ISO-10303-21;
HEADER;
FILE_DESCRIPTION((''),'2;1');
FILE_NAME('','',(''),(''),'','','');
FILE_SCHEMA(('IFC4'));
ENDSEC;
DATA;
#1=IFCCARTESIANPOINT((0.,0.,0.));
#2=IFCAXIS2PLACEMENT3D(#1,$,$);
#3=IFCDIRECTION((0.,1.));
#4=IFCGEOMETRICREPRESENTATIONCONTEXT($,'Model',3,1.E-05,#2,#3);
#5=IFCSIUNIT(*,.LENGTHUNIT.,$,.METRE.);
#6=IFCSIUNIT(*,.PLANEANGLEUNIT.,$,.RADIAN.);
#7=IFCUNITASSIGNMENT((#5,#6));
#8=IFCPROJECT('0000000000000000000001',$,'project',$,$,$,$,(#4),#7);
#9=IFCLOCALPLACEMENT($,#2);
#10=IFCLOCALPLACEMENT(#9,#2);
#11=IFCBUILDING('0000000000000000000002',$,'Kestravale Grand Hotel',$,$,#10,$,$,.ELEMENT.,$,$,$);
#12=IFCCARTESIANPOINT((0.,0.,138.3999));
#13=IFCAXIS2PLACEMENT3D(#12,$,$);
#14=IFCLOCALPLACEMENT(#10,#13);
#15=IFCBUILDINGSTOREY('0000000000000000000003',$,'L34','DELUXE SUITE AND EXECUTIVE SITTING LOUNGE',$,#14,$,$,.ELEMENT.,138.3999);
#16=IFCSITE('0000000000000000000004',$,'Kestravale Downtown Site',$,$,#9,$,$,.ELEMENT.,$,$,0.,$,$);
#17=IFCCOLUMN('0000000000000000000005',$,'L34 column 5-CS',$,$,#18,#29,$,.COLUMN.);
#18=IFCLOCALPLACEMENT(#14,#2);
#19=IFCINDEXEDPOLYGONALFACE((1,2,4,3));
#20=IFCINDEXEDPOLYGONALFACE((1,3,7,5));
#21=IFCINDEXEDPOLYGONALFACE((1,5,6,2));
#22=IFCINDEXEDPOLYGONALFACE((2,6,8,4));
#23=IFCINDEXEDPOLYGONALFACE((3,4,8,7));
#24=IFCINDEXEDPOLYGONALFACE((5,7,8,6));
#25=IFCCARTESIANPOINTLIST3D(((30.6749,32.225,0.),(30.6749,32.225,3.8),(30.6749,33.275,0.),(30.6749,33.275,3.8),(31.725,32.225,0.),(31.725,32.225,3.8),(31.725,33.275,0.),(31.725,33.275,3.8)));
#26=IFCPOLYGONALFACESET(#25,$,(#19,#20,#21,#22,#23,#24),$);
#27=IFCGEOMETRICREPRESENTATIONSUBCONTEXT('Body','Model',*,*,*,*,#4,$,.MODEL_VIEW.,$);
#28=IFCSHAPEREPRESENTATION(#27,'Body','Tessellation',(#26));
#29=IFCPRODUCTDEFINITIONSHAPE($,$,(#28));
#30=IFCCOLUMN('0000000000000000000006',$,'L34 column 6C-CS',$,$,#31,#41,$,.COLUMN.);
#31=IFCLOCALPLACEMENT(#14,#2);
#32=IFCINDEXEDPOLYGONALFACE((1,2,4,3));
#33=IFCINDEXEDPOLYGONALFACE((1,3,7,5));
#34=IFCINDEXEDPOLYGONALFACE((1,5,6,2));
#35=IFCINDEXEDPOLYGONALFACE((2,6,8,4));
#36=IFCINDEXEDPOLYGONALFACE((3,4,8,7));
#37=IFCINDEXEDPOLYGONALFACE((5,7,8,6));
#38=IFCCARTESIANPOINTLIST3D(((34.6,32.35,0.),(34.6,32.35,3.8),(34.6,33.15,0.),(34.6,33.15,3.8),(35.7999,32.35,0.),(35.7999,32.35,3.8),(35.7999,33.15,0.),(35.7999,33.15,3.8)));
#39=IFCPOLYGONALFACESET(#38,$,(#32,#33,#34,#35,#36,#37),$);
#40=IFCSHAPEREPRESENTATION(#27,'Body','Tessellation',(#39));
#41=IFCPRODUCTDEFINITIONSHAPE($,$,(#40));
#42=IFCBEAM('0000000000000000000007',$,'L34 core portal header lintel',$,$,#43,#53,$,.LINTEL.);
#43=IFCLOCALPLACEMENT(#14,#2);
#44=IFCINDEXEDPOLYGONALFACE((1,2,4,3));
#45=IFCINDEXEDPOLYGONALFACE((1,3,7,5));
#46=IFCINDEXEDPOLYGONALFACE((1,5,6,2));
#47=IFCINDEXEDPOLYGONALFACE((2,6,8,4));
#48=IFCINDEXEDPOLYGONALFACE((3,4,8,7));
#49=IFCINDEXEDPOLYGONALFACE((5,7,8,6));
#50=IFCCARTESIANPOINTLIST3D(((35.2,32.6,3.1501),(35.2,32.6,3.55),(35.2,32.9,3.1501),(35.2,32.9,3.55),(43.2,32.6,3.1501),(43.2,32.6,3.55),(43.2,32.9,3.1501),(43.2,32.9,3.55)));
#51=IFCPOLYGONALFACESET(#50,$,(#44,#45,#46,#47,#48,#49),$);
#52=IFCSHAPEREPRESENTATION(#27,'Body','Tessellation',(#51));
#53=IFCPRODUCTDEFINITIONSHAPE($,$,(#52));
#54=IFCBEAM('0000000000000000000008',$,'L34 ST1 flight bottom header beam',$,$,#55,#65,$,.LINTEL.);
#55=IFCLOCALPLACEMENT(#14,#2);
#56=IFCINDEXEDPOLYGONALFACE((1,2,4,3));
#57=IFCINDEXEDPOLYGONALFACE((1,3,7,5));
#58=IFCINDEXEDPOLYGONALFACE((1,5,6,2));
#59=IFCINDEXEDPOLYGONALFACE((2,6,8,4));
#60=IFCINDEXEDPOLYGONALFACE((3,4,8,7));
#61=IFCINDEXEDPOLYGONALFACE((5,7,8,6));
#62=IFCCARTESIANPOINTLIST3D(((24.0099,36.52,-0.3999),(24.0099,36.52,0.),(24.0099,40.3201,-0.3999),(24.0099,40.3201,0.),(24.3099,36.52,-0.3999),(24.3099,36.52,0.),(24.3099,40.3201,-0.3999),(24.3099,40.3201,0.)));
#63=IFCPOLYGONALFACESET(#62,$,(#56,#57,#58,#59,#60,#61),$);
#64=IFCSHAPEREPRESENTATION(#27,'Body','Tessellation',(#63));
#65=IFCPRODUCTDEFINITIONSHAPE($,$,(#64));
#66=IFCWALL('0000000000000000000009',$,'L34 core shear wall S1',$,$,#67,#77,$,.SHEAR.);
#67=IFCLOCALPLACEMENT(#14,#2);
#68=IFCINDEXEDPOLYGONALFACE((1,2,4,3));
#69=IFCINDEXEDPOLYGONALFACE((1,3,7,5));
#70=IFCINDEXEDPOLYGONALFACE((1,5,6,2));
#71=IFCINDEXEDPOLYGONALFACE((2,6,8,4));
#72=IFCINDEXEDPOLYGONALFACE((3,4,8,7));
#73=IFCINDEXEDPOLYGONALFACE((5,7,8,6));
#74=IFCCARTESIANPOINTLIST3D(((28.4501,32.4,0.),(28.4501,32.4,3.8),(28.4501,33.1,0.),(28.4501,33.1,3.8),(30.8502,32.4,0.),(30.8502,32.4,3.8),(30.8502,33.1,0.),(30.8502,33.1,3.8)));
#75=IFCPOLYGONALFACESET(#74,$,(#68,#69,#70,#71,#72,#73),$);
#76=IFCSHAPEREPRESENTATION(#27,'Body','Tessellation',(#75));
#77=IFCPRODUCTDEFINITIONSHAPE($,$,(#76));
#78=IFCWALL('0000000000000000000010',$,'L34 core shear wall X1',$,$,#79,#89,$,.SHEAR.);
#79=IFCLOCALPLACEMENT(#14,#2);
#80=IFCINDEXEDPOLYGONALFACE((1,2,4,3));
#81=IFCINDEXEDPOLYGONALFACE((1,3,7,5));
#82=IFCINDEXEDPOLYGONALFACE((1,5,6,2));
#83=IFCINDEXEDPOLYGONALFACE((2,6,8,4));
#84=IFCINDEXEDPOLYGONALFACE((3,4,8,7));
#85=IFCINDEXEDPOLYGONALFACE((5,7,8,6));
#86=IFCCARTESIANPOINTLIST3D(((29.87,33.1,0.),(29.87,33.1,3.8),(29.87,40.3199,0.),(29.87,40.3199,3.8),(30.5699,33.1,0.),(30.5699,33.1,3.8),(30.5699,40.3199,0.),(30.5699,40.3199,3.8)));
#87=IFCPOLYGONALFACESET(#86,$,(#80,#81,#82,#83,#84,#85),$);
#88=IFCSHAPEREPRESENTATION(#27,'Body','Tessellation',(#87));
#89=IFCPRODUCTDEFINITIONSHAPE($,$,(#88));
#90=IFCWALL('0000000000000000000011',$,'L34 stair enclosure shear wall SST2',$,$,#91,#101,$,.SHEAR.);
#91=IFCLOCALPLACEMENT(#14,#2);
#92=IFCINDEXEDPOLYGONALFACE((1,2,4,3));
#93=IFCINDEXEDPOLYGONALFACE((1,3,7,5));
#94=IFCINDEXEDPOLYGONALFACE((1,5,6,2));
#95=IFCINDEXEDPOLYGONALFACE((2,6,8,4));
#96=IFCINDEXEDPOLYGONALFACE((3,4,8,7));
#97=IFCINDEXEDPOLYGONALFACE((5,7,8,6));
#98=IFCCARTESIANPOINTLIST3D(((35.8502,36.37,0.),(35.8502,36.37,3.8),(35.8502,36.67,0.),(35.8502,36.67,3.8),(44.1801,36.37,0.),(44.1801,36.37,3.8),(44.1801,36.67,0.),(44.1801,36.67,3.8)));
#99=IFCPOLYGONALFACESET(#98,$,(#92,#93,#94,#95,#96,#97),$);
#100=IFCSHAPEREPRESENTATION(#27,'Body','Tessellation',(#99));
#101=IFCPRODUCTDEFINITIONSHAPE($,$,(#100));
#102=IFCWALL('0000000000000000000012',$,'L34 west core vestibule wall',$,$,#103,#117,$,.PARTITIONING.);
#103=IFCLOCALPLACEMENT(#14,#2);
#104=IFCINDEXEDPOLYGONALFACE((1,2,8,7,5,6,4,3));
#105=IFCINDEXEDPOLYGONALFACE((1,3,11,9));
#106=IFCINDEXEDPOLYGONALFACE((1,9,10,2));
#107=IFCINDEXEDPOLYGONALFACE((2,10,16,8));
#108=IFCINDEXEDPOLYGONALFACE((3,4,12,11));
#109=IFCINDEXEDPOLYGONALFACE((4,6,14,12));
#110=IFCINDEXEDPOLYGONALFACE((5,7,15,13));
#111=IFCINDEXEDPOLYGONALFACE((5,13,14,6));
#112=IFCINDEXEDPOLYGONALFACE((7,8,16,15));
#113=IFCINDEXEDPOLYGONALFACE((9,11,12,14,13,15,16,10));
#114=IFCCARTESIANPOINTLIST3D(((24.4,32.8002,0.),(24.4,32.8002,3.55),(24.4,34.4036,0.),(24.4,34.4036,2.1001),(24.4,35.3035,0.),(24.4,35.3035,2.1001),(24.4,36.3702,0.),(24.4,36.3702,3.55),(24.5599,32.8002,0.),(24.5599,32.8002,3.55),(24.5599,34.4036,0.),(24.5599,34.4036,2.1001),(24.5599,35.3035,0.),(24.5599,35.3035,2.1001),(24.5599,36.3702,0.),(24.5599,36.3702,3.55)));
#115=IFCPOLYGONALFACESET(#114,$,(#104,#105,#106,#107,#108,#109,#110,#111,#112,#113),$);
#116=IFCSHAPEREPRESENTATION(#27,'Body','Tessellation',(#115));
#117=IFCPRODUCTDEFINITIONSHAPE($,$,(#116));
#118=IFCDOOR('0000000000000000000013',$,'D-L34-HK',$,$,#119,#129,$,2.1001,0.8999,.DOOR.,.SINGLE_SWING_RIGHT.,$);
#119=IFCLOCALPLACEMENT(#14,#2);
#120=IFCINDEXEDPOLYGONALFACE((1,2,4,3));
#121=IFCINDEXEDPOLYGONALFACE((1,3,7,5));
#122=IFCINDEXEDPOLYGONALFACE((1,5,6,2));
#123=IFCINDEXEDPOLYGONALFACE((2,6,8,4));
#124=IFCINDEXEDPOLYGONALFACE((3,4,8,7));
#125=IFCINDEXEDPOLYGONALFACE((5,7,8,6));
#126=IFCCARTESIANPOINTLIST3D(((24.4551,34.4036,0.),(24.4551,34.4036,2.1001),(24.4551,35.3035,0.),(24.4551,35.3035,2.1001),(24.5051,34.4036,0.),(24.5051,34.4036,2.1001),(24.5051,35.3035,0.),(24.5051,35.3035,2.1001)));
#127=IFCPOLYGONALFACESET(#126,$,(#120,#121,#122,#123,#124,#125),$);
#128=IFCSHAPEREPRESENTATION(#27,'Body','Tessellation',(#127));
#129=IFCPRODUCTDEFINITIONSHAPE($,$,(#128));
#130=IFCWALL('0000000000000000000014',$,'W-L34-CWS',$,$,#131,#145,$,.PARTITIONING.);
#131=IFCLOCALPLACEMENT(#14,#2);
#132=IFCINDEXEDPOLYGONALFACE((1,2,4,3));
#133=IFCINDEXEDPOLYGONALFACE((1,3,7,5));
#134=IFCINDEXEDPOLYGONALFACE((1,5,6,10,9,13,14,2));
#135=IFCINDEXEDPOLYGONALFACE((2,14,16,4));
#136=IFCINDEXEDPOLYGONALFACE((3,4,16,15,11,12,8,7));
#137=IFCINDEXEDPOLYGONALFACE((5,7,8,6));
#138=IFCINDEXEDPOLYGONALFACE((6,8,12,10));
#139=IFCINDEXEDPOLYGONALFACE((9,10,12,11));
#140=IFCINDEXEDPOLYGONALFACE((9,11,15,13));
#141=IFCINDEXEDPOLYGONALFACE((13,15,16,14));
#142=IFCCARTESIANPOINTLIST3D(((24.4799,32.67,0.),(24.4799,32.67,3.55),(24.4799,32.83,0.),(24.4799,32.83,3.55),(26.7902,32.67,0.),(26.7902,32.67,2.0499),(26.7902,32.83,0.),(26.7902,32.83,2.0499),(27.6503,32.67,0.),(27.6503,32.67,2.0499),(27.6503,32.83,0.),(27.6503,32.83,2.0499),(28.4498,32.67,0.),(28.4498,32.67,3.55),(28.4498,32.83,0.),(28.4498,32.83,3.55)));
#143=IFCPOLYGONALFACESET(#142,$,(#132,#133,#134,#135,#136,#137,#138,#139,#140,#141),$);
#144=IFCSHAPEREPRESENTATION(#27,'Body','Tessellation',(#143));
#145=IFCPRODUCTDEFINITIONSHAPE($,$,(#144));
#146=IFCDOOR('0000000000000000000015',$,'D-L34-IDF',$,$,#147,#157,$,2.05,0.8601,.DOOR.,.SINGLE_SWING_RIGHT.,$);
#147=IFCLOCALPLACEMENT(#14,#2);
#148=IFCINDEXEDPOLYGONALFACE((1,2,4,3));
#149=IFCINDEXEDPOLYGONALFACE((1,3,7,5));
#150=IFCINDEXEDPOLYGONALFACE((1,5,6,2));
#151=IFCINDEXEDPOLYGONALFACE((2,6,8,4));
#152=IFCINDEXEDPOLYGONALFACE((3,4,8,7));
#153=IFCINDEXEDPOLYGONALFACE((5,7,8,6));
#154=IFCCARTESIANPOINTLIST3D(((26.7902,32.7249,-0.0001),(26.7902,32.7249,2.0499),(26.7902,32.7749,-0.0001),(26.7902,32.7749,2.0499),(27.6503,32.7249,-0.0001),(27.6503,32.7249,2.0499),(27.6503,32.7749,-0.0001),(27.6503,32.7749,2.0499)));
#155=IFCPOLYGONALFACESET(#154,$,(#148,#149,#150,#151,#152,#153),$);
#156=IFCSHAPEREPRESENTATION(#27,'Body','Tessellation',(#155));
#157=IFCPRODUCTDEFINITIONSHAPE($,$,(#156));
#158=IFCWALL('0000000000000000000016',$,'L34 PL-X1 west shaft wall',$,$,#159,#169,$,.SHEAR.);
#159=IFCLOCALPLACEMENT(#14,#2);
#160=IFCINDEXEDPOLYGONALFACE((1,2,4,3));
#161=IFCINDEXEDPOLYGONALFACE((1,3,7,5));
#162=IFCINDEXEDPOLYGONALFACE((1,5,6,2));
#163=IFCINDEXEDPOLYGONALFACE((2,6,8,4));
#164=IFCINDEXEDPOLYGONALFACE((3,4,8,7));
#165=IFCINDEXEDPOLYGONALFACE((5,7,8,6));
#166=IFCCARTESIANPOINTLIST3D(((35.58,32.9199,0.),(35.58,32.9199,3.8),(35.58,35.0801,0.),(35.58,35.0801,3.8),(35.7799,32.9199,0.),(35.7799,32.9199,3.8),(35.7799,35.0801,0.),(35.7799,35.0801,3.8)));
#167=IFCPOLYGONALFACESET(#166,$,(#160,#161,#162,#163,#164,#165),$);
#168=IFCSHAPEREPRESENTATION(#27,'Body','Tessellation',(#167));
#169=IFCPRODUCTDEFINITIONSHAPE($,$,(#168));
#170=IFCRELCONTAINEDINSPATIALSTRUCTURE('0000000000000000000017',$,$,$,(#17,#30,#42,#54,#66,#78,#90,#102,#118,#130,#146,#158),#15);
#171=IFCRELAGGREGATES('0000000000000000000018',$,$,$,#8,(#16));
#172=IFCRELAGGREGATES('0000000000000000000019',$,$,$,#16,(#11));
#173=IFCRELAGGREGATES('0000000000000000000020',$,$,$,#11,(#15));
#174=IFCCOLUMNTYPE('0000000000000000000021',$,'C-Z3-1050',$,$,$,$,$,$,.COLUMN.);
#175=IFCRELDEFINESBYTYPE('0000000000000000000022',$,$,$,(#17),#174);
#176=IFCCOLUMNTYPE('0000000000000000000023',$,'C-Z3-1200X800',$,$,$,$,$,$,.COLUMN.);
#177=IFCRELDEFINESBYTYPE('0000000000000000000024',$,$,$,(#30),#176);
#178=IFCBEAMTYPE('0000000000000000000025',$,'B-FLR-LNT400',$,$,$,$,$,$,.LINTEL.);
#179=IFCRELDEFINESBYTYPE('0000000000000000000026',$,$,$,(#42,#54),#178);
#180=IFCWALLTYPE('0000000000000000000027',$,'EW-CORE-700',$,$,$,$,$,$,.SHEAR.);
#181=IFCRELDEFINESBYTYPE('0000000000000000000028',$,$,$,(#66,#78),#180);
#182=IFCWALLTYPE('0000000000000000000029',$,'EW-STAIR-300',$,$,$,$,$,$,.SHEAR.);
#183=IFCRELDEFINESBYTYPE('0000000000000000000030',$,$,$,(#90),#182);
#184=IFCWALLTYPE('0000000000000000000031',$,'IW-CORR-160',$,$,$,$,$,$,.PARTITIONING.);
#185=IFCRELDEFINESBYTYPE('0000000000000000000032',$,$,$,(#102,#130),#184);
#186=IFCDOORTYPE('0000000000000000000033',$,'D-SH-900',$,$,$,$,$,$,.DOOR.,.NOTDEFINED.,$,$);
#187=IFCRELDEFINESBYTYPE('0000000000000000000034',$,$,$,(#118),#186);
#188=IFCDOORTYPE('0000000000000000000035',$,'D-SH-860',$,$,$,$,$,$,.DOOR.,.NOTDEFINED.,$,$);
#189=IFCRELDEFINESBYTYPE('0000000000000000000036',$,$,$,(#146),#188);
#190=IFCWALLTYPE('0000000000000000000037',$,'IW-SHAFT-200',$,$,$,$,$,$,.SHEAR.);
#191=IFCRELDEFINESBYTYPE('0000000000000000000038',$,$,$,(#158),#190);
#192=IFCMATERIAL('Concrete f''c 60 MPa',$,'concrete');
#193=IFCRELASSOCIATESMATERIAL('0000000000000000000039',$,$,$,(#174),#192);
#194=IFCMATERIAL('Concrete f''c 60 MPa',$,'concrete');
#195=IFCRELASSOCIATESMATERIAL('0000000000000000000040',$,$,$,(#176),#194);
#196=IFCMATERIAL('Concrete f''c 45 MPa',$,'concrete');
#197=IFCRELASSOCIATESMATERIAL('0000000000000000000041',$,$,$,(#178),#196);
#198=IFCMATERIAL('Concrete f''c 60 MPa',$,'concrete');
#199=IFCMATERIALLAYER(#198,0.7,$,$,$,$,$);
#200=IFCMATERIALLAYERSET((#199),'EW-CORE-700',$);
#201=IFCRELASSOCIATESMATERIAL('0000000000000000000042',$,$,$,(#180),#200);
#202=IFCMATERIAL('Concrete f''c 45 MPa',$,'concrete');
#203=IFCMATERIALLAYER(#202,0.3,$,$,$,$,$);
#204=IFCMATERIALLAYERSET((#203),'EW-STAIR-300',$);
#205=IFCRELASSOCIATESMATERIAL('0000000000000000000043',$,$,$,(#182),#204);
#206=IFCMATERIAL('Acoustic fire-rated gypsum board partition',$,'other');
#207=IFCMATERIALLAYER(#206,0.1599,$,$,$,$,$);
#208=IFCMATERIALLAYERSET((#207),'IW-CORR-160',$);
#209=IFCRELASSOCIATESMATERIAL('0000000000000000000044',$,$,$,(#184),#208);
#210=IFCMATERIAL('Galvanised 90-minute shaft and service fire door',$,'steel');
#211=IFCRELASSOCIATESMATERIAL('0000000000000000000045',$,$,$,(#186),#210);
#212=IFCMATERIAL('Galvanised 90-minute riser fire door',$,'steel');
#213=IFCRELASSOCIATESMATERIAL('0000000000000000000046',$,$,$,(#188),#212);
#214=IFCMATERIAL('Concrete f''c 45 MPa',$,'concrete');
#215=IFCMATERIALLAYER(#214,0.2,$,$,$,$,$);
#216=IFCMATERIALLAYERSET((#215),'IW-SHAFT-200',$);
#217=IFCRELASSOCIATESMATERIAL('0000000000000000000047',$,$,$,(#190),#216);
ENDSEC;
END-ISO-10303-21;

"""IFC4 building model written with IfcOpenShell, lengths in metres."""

from ifc_helpers import new_model, si_unit, direction, frame, frame_2d, origin, origin_2d, place, context, subcontext, project, spatial, rectangle, extrude, material, layer, layer_set, material_profile, profile_set, type_object, element, fill, save


model = new_model("IFC4")

# Units and contexts
model_context = context("Model", 3, precision=1e-05, world=origin(), true_north=direction((0.0, 1.0)))
body_context = subcontext(model_context, "Body", "Model", "MODEL_VIEW")
ifc_project = project(units=[si_unit("LENGTHUNIT", "METRE"), si_unit("PLANEANGLEUNIT", "RADIAN")], contexts=[model_context])

# Site, building, storey
site_placement = place(None, origin())
site = spatial("IfcSite", under=ifc_project, at=site_placement, Name="Kestravale Downtown Site", CompositionType="ELEMENT", RefElevation=0.0)
building_placement = place(site_placement, origin())
building = spatial("IfcBuilding", under=site, at=building_placement, Name="Kestravale Grand Hotel", CompositionType="ELEMENT")
storey_placement = place(building_placement, frame((0.0, 0.0, 138.3999)))
storey = spatial("IfcBuildingStorey", under=building, at=storey_placement, Name="L34", Description="DELUXE SUITE AND EXECUTIVE SITTING LOUNGE", CompositionType="ELEMENT", Elevation=138.3999)

# Columns
ifc_material_1 = material(Name="Concrete f'c 60 MPa", Category="concrete")
ifc_material_profile_1 = material_profile(ifc_material_1, rectangle(XDim=1.05, YDim=1.05, at=origin_2d()))
ifc_profile_set_1 = profile_set([ifc_material_profile_1], Name="Concrete f'c 60 MPa")
column_type_1 = type_object("IfcColumnType", Name="C-Z3-1050", PredefinedType="COLUMN", material=ifc_profile_set_1)
column_1_placement = place(storey_placement, frame((31.2, 32.75, 0.0), z_axis=(0.0, 0.0, 1.0), x_axis=(1.0, 0.0, 0.0)))
element("IfcColumn", 1, at=column_1_placement, inside=storey, type_object=column_type_1, Name="L34 column 5-CS", PredefinedType="COLUMN", context=body_context, shape_type="SweptSolid", body=[
    extrude(rectangle(XDim=1.05, YDim=1.05, at=origin_2d()), origin(), (0.0, 0.0, 1.0), 3.8),
])
ifc_material_2 = material(Name="Concrete f'c 60 MPa", Category="concrete")
ifc_material_profile_2 = material_profile(ifc_material_2, rectangle(XDim=1.2, YDim=0.8, at=origin_2d()))
ifc_profile_set_2 = profile_set([ifc_material_profile_2], Name="Concrete f'c 60 MPa")
column_type_2 = type_object("IfcColumnType", Name="C-Z3-1200X800", PredefinedType="COLUMN", material=ifc_profile_set_2)
column_2_placement = place(storey_placement, frame((35.2, 32.75, 0.0), z_axis=(0.0, 0.0, 1.0), x_axis=(1.0, 0.0, 0.0)))
element("IfcColumn", 2, at=column_2_placement, inside=storey, type_object=column_type_2, Name="L34 column 6C-CS", PredefinedType="COLUMN", context=body_context, shape_type="SweptSolid", body=[
    extrude(rectangle(XDim=1.2, YDim=0.8, at=origin_2d()), origin(), (0.0, 0.0, 1.0), 3.8),
])

# Beams
ifc_material_3 = material(Name="Concrete f'c 45 MPa", Category="concrete")
ifc_material_profile_3 = material_profile(ifc_material_3, rectangle(XDim=0.3, YDim=0.3999, at=origin_2d()))
ifc_profile_set_3 = profile_set([ifc_material_profile_3], Name="Concrete f'c 45 MPa")
beam_type = type_object("IfcBeamType", Name="B-FLR-LNT400", PredefinedType="LINTEL", material=ifc_profile_set_3)
beam_1_placement = place(storey_placement, frame((35.2, 32.75, 3.3501), z_axis=(1.0, 0.0, 0.0), x_axis=(0.0, 1.0, 0.0)))
element("IfcBeam", 3, at=beam_1_placement, inside=storey, type_object=beam_type, Name="L34 core portal header lintel", PredefinedType="LINTEL", context=body_context, shape_type="SweptSolid", body=[
    extrude(rectangle(XDim=0.3, YDim=0.3999, at=origin_2d()), origin(), (0.0, 0.0, 1.0), 8.0),
])
beam_2_placement = place(storey_placement, frame((24.1599, 36.52, -0.2), z_axis=(0.0, 1.0, 0.0), x_axis=(-1.0, 0.0, 0.0)))
element("IfcBeam", 4, at=beam_2_placement, inside=storey, type_object=beam_type, Name="L34 ST1 flight bottom header beam", PredefinedType="LINTEL", context=body_context, shape_type="SweptSolid", body=[
    extrude(rectangle(XDim=0.3, YDim=0.3999, at=origin_2d()), origin(), (0.0, 0.0, 1.0), 3.8),
])

# Walls
ifc_material_4 = material(Name="Concrete f'c 60 MPa", Category="concrete")
ifc_layer_1 = layer(ifc_material_4, 0.7)
ifc_layer_set_1 = layer_set([ifc_layer_1], Name="EW-CORE-700")
wall_type_1 = type_object("IfcWallType", Name="EW-CORE-700", PredefinedType="SHEAR", material=ifc_layer_set_1)
wall_1_placement = place(storey_placement, frame((28.45, 32.75, 0.0), z_axis=(0.0, 0.0, 1.0), x_axis=(1.0, 0.0, 0.0)))
element("IfcWall", 5, at=wall_1_placement, inside=storey, type_object=wall_type_1, Name="L34 core shear wall S1", PredefinedType="SHEAR", context=body_context, shape_type="SweptSolid", body=[
    extrude(rectangle(XDim=2.4001, YDim=0.7, at=frame_2d((1.2002, 0.0))), origin(), (0.0, 0.0, 1.0), 3.8),
])
wall_2_placement = place(storey_placement, frame((30.22, 33.1001, 0.0), z_axis=(0.0, 0.0, 1.0), x_axis=(0.0, 1.0, 0.0)))
element("IfcWall", 6, at=wall_2_placement, inside=storey, type_object=wall_type_1, Name="L34 core shear wall X1", PredefinedType="SHEAR", context=body_context, shape_type="SweptSolid", body=[
    extrude(rectangle(XDim=7.22, YDim=0.7, at=frame_2d((3.6099, 0.0))), origin(), (0.0, 0.0, 1.0), 3.8),
])

# Wall
ifc_material_5 = material(Name="Concrete f'c 45 MPa", Category="concrete")
ifc_layer_2 = layer(ifc_material_5, 0.3)
ifc_layer_set_2 = layer_set([ifc_layer_2], Name="EW-STAIR-300")
wall_type_2 = type_object("IfcWallType", Name="EW-STAIR-300", PredefinedType="SHEAR", material=ifc_layer_set_2)
wall_3_placement = place(storey_placement, frame((35.8501, 36.52, 0.0), z_axis=(0.0, 0.0, 1.0), x_axis=(1.0, 0.0, 0.0)))
element("IfcWall", 7, at=wall_3_placement, inside=storey, type_object=wall_type_2, Name="L34 stair enclosure shear wall SST2", PredefinedType="SHEAR", context=body_context, shape_type="SweptSolid", body=[
    extrude(rectangle(XDim=8.3298, YDim=0.3, at=frame_2d((4.165, 0.0))), origin(), (0.0, 0.0, 1.0), 3.8),
])

# Walls, openings, doors
ifc_material_6 = material(Name="Acoustic fire-rated gypsum board partition", Category="other")
ifc_layer_3 = layer(ifc_material_6, 0.1599)
ifc_layer_set_3 = layer_set([ifc_layer_3], Name="IW-CORR-160")
wall_type_3 = type_object("IfcWallType", Name="IW-CORR-160", PredefinedType="PARTITIONING", material=ifc_layer_set_3)
wall_4_placement = place(storey_placement, frame((24.48, 32.8, 0.0), z_axis=(0.0, 0.0, 1.0), x_axis=(0.0, 1.0, 0.0)))
wall_4 = element("IfcWall", 8, at=wall_4_placement, inside=storey, type_object=wall_type_3, Name="L34 west core vestibule wall", PredefinedType="PARTITIONING", context=body_context, shape_type="SweptSolid", body=[
    extrude(rectangle(XDim=3.5701, YDim=0.1599, at=frame_2d((1.7852, 0.0))), origin(), (0.0, 0.0, 1.0), 3.55),
])
opening_1_placement = place(wall_4_placement, frame((1.6035, 0.0, 0.0)))
opening_1 = element("IfcOpeningElement", 9, at=opening_1_placement, cuts=wall_4, PredefinedType="OPENING", context=body_context, shape_type="SweptSolid", body=[
    extrude(rectangle(XDim=0.8999, YDim=2.1001, at=frame_2d((0.45, 1.05))), frame((0.0, 0.0898, 0.0), z_axis=(0.0, -1.0, 0.0), x_axis=(1.0, 0.0, 0.0)), (0.0, 0.0, 1.0), 0.1799),
])
ifc_material_7 = material(Name="Galvanised 90-minute shaft and service fire door", Category="steel")
door_type_1 = type_object("IfcDoorType", Name="D-SH-900", OperationType="NOTDEFINED", PredefinedType="DOOR", material=ifc_material_7)
door_1_placement = place(opening_1_placement, origin())
door_1 = element("IfcDoor", 10, at=door_1_placement, inside=storey, type_object=door_type_1, Name="D-L34-HK", OperationType="SINGLE_SWING_RIGHT", OverallHeight=2.1001, OverallWidth=0.8999, PredefinedType="DOOR", context=body_context, shape_type="SweptSolid", body=[
    extrude(rectangle(XDim=0.8999, YDim=2.1001, at=frame_2d((0.45, 1.05))), frame((0.0, 0.0249, 0.0), z_axis=(0.0, -1.0, 0.0), x_axis=(1.0, 0.0, 0.0)), (0.0, 0.0, 1.0), 0.05),
])
fill(opening_1, door_1)
wall_5_placement = place(storey_placement, frame((24.48, 32.75, 0.0), z_axis=(0.0, 0.0, 1.0), x_axis=(1.0, 0.0, 0.0)))
wall_5 = element("IfcWall", 11, at=wall_5_placement, inside=storey, type_object=wall_type_3, Name="W-L34-CWS", PredefinedType="PARTITIONING", context=body_context, shape_type="SweptSolid", body=[
    extrude(rectangle(XDim=3.97, YDim=0.1599, at=frame_2d((1.9849, 0.0))), origin(), (0.0, 0.0, 1.0), 3.55),
])
opening_2_placement = place(wall_5_placement, frame((2.3101, 0.0, 0.0)))
opening_2 = element("IfcOpeningElement", 12, at=opening_2_placement, cuts=wall_5, PredefinedType="OPENING", context=body_context, shape_type="SweptSolid", body=[
    extrude(rectangle(XDim=0.8601, YDim=2.05, at=frame_2d((0.4302, 1.0249))), frame((0.0, 0.0898, 0.0), z_axis=(0.0, -1.0, 0.0), x_axis=(1.0, 0.0, 0.0)), (0.0, 0.0, 1.0), 0.1799),
])
ifc_material_8 = material(Name="Galvanised 90-minute riser fire door", Category="steel")
door_type_2 = type_object("IfcDoorType", Name="D-SH-860", OperationType="NOTDEFINED", PredefinedType="DOOR", material=ifc_material_8)
door_2_placement = place(opening_2_placement, origin())
door_2 = element("IfcDoor", 13, at=door_2_placement, inside=storey, type_object=door_type_2, Name="D-L34-IDF", OperationType="SINGLE_SWING_RIGHT", OverallHeight=2.05, OverallWidth=0.8601, PredefinedType="DOOR", context=body_context, shape_type="SweptSolid", body=[
    extrude(rectangle(XDim=0.8601, YDim=2.05, at=frame_2d((0.4302, 1.0249))), frame((0.0, 0.0249, 0.0), z_axis=(0.0, -1.0, 0.0), x_axis=(1.0, 0.0, 0.0)), (0.0, 0.0, 1.0), 0.05),
])
fill(opening_2, door_2)

# Wall
ifc_material_9 = material(Name="Concrete f'c 45 MPa", Category="concrete")
ifc_layer_4 = layer(ifc_material_9, 0.2)
ifc_layer_set_4 = layer_set([ifc_layer_4], Name="IW-SHAFT-200")
wall_type_4 = type_object("IfcWallType", Name="IW-SHAFT-200", PredefinedType="SHEAR", material=ifc_layer_set_4)
wall_6_placement = place(storey_placement, frame((35.6799, 32.9199, 0.0), z_axis=(0.0, 0.0, 1.0), x_axis=(0.0, 1.0, 0.0)))
element("IfcWall", 14, at=wall_6_placement, inside=storey, type_object=wall_type_4, Name="L34 PL-X1 west shaft wall", PredefinedType="SHEAR", context=body_context, shape_type="SweptSolid", body=[
    extrude(rectangle(XDim=2.1602, YDim=0.2, at=frame_2d((1.0801, 0.0))), origin(), (0.0, 0.0, 1.0), 3.8),
])

save(model, "model.ifc")
